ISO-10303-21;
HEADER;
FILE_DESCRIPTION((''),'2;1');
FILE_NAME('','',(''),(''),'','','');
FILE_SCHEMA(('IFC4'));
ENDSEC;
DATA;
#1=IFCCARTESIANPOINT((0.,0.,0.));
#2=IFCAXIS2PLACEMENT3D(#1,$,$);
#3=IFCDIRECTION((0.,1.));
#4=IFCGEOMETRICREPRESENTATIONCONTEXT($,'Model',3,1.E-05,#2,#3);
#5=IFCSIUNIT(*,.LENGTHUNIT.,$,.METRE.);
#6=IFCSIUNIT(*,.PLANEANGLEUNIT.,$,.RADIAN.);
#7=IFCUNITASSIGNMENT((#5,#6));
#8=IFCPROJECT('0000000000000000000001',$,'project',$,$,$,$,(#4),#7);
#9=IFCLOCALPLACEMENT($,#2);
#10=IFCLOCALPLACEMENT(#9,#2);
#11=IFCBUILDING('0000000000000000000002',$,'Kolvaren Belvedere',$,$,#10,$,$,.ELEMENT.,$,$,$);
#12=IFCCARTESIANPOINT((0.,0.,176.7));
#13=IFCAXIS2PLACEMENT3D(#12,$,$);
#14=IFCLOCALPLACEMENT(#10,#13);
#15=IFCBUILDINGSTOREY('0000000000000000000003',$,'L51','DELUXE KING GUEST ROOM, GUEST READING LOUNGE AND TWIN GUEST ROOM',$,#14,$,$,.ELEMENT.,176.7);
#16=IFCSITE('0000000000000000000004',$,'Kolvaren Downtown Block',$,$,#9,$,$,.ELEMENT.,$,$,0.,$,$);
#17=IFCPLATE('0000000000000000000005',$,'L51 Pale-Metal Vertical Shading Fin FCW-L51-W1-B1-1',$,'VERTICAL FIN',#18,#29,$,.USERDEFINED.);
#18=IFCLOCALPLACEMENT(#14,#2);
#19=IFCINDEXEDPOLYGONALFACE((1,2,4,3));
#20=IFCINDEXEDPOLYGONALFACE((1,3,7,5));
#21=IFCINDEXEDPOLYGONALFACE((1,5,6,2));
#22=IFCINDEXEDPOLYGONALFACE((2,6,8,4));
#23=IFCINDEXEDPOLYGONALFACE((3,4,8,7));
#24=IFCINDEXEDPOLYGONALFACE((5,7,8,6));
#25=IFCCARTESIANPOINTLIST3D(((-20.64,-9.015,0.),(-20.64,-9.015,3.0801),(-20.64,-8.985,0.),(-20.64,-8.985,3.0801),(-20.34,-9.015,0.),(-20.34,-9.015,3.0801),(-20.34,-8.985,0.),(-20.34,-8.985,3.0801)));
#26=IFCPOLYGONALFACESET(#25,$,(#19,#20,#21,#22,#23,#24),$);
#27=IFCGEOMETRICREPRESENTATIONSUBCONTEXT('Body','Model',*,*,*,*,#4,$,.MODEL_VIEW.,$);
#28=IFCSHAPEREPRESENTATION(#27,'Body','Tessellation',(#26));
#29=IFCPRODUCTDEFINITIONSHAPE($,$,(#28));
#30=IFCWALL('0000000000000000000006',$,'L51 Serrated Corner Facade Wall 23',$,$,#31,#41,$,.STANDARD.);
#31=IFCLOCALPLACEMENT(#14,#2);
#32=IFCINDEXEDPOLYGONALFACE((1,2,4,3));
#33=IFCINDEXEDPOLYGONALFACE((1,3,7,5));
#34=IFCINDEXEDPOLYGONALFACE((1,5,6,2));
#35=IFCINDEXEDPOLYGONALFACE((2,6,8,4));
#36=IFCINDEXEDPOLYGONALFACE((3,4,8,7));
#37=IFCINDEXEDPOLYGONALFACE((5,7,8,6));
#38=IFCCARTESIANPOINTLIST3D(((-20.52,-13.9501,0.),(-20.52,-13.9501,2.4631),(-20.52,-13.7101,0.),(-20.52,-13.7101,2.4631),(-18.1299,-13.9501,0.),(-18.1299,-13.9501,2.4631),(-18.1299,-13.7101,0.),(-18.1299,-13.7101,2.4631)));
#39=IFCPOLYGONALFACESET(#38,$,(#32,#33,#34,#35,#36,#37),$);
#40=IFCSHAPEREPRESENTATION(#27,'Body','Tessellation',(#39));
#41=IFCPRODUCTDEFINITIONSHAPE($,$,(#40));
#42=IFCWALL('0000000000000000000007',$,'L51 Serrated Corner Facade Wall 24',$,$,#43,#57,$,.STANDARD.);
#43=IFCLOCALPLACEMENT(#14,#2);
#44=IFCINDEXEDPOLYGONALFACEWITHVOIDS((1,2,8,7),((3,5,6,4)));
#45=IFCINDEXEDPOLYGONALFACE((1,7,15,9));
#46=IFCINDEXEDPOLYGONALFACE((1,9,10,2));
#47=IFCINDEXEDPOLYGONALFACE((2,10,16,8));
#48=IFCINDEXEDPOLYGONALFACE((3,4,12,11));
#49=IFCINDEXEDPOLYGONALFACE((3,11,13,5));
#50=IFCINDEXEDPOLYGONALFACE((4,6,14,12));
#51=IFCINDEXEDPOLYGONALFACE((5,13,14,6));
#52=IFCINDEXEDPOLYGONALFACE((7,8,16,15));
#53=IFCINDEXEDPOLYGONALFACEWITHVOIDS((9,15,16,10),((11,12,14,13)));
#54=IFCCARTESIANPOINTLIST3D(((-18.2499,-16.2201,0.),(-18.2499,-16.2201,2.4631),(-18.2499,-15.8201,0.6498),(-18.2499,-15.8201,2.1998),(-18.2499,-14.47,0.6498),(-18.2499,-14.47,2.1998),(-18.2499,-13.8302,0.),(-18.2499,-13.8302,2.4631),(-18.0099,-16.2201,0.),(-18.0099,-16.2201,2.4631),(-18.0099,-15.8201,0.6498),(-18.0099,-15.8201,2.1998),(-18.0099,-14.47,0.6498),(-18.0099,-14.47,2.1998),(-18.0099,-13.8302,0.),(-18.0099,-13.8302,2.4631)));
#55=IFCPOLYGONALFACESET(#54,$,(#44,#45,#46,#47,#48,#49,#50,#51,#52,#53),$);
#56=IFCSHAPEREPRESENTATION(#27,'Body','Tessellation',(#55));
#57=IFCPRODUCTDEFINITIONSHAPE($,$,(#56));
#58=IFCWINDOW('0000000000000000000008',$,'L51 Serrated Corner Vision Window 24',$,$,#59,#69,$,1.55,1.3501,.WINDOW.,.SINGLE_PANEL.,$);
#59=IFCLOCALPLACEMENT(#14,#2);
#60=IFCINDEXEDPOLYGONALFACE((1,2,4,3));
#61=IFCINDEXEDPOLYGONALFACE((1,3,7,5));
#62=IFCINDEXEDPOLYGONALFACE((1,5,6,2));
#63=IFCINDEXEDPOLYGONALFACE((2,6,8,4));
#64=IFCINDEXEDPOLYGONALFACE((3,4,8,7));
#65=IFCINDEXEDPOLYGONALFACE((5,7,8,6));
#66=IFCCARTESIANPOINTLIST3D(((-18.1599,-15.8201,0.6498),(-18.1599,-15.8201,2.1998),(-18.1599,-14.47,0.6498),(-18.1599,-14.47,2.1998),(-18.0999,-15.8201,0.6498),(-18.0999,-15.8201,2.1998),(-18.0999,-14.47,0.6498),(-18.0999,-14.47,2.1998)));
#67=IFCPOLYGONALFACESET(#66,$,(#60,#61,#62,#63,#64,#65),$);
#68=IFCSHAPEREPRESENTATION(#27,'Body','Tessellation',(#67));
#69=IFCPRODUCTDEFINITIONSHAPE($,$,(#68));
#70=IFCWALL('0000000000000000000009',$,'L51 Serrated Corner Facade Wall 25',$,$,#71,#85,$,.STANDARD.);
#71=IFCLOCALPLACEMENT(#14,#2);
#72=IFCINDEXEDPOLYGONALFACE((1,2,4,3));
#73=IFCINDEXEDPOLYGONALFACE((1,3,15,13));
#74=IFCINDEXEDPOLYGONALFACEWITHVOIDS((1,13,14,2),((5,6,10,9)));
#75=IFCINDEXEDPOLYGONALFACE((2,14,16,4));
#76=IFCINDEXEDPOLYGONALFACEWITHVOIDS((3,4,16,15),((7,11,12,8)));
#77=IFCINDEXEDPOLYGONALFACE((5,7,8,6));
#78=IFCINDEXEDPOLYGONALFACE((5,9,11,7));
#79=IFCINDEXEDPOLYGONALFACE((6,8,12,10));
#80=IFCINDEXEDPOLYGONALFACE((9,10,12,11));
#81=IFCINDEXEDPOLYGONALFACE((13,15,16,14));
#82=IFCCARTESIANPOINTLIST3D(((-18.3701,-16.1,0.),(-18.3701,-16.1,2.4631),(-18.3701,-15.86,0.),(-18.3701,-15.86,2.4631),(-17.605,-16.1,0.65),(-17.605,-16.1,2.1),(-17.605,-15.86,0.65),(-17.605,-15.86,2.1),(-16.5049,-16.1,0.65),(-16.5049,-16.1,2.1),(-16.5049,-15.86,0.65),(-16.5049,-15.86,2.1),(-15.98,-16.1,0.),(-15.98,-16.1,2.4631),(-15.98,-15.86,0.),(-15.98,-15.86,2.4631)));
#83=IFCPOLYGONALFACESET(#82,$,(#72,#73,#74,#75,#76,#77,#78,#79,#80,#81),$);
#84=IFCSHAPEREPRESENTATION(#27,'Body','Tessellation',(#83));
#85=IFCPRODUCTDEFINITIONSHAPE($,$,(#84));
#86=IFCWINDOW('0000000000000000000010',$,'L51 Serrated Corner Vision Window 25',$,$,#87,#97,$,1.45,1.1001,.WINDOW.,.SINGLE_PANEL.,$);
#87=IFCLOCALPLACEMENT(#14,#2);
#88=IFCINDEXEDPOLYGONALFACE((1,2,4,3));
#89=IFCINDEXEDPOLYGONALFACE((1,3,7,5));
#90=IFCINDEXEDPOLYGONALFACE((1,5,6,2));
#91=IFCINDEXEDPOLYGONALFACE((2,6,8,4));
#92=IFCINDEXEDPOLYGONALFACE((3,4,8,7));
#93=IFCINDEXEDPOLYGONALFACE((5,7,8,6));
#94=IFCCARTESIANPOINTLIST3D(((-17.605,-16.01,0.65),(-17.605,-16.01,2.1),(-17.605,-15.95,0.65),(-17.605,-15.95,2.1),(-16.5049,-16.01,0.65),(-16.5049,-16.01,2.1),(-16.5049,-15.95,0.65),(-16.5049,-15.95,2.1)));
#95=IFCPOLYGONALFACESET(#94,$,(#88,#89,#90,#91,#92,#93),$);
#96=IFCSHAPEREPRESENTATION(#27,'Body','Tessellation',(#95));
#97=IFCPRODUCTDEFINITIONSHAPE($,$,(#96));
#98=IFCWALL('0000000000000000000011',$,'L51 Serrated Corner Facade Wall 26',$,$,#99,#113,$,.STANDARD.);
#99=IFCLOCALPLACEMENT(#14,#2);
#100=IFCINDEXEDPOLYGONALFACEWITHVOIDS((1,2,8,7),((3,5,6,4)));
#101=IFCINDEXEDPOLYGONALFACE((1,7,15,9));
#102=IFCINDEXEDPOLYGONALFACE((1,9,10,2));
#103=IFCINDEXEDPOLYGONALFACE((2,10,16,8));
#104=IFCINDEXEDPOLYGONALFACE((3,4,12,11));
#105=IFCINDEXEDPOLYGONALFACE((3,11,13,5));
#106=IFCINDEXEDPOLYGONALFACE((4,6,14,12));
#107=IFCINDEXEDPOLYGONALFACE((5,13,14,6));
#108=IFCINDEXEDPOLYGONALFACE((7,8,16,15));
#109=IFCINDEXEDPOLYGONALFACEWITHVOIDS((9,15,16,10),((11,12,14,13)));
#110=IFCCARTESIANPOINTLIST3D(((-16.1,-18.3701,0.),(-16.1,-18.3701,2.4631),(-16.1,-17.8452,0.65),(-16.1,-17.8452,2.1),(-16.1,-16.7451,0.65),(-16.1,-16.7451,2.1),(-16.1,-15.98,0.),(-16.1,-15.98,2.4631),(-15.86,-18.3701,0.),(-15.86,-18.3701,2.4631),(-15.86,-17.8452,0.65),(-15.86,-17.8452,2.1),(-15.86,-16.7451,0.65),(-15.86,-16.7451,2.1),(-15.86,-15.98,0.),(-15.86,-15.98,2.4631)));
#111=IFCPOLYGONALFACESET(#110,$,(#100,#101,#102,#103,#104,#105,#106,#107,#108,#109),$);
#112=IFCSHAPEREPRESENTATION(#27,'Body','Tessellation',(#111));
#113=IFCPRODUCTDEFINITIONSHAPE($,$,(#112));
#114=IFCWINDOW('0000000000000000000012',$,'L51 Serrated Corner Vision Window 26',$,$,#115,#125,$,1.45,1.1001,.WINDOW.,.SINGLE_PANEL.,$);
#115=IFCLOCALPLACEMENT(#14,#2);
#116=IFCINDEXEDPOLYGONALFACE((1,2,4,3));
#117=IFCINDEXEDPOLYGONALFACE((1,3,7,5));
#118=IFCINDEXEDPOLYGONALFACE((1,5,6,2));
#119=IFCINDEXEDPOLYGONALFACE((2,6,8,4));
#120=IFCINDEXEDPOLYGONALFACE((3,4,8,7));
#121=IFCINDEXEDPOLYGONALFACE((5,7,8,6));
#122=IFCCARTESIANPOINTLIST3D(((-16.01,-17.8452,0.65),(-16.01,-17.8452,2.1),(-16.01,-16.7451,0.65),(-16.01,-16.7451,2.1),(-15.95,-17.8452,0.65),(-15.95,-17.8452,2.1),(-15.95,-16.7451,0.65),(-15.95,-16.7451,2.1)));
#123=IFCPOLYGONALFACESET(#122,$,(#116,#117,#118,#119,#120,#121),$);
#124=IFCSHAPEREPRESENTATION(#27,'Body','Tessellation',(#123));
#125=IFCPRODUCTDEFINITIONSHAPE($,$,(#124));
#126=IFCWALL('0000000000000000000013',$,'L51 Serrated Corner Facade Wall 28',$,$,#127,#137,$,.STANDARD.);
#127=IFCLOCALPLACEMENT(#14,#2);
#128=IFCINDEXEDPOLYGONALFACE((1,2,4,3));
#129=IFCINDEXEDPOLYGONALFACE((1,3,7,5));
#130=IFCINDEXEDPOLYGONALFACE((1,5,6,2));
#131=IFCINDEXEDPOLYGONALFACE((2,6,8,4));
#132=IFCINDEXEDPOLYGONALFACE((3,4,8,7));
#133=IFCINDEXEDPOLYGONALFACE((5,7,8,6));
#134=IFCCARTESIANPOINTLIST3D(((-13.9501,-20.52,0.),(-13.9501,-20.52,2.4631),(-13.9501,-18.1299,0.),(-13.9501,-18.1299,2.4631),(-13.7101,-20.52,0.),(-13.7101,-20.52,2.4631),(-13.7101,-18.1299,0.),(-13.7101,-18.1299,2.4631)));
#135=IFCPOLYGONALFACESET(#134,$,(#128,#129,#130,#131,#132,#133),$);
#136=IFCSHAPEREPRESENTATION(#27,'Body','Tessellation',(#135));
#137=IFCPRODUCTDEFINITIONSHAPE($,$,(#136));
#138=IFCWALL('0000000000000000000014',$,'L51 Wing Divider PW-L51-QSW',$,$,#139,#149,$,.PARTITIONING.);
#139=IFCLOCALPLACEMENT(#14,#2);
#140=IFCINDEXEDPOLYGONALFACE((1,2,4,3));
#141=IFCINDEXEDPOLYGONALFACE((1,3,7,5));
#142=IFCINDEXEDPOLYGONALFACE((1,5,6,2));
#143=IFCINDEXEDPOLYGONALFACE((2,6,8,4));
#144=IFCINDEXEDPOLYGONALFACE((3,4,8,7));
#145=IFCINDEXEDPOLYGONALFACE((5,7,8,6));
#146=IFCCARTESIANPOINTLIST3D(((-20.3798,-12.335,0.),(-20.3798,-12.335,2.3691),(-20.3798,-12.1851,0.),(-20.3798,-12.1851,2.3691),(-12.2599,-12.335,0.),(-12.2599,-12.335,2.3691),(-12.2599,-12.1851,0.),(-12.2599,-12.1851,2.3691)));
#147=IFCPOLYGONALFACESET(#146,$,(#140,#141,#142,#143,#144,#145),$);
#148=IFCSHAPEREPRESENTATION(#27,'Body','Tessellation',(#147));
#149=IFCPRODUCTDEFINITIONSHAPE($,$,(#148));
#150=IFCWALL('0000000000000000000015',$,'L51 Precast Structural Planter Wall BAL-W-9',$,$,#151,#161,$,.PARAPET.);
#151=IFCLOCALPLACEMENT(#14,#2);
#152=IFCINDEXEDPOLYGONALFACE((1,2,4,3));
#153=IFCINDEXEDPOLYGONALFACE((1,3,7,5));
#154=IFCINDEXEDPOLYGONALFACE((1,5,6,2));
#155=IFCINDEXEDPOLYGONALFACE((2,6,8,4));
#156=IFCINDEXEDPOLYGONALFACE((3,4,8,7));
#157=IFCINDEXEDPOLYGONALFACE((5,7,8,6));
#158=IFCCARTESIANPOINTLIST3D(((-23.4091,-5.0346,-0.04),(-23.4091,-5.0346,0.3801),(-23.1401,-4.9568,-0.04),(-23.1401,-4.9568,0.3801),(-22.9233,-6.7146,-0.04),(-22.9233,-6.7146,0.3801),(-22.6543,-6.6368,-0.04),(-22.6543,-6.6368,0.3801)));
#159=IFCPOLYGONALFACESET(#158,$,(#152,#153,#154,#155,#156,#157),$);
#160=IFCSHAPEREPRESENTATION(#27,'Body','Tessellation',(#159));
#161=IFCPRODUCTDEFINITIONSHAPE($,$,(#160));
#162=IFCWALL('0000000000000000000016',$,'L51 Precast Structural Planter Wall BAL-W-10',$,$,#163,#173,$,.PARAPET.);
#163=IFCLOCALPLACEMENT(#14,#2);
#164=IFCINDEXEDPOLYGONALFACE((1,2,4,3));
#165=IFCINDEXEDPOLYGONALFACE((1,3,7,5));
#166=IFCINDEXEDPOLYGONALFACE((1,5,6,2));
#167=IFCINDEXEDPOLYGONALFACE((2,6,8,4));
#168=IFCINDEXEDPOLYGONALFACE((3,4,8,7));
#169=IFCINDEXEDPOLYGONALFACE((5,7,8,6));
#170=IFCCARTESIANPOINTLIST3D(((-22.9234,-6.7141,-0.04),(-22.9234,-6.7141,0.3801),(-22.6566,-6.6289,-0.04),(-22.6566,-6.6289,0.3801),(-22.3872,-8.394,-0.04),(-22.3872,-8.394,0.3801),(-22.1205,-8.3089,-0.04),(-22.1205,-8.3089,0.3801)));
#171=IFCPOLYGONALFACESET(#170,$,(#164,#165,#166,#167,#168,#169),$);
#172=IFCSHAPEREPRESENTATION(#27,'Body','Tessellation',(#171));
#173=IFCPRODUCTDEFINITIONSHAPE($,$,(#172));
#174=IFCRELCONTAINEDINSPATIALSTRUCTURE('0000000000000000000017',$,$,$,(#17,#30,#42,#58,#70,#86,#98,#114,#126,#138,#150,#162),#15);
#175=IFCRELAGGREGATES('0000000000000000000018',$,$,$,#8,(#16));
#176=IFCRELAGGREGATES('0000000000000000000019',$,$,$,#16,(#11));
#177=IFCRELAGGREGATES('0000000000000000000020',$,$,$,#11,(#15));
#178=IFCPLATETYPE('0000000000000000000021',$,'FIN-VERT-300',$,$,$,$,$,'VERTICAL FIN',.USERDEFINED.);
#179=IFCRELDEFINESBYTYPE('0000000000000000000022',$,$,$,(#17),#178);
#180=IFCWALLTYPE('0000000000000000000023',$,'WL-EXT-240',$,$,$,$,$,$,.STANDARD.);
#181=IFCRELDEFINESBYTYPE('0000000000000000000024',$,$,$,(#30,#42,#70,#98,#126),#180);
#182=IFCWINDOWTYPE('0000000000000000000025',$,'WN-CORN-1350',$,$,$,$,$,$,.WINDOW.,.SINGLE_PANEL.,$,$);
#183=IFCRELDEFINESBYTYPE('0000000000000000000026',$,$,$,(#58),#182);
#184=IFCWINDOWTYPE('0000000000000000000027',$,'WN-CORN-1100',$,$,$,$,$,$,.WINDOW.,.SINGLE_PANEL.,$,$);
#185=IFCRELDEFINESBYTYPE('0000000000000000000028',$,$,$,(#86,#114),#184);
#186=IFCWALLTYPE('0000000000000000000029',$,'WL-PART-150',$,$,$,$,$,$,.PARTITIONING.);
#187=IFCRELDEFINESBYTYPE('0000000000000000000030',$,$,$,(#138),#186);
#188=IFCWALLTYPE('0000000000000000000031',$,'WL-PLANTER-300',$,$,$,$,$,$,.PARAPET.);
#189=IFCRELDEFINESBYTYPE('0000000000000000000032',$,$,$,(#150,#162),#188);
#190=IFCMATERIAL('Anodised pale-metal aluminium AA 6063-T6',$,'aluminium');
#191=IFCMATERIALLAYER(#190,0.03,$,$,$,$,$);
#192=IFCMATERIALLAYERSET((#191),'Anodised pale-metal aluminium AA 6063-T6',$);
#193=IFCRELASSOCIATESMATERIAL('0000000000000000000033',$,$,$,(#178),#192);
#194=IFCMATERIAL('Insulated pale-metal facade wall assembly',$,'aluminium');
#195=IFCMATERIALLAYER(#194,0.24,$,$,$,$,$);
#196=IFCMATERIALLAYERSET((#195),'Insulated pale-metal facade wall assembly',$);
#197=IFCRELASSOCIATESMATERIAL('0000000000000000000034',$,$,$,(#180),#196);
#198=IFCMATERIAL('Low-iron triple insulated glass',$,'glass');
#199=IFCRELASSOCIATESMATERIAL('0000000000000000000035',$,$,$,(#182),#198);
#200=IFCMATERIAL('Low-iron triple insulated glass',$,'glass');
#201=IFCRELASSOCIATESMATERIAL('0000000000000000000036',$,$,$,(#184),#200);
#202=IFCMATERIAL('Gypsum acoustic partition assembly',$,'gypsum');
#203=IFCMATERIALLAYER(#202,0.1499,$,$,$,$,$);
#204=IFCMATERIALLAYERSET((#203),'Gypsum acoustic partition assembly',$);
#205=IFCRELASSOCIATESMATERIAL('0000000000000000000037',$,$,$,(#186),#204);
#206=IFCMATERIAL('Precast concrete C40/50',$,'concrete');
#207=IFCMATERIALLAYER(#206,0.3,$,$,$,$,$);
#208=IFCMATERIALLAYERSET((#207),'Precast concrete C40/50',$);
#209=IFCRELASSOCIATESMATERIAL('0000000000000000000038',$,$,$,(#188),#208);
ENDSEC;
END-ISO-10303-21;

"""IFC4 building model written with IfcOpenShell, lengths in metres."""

from ifc_helpers import new_model, si_unit, direction, frame, frame_2d, origin, origin_2d, place, context, subcontext, project, spatial, rectangle, extrude, material, layer, layer_set, type_object, element, fill, save


model = new_model("IFC4")

# Units and contexts
model_context = context("Model", 3, precision=1e-05, world=origin(), true_north=direction((0.0, 1.0)))
body_context = subcontext(model_context, "Body", "Model", "MODEL_VIEW")
ifc_project = project(units=[si_unit("LENGTHUNIT", "METRE"), si_unit("PLANEANGLEUNIT", "RADIAN")], contexts=[model_context])

# Site, building, storey
site_placement = place(None, origin())
site = spatial("IfcSite", under=ifc_project, at=site_placement, Name="Kolvaren Downtown Block", CompositionType="ELEMENT", RefElevation=0.0)
building_placement = place(site_placement, origin())
building = spatial("IfcBuilding", under=site, at=building_placement, Name="Kolvaren Belvedere", CompositionType="ELEMENT")
storey_placement = place(building_placement, frame((0.0, 0.0, 176.7)))
storey = spatial("IfcBuildingStorey", under=building, at=storey_placement, Name="L51", Description="DELUXE KING GUEST ROOM, GUEST READING LOUNGE AND TWIN GUEST ROOM", CompositionType="ELEMENT", Elevation=176.7)

# Plate
ifc_material_1 = material(Name="Anodised pale-metal aluminium AA 6063-T6", Category="aluminium")
ifc_layer_1 = layer(ifc_material_1, 0.03)
ifc_layer_set_1 = layer_set([ifc_layer_1], Name="Anodised pale-metal aluminium AA 6063-T6")
plate_type_1 = type_object("IfcPlateType", Name="FIN-VERT-300", ElementType="VERTICAL FIN", PredefinedType="USERDEFINED", material=ifc_layer_set_1)
plate_1_placement = place(storey_placement, frame((-20.49, -9.0, 0.0), z_axis=(0.0, 0.0, 1.0), x_axis=(1.0, 0.0, 0.0)))
element("IfcPlate", 1, at=plate_1_placement, inside=storey, type_object=plate_type_1, Name="L51 Pale-Metal Vertical Shading Fin FCW-L51-W1-B1-1", ObjectType="VERTICAL FIN", PredefinedType="USERDEFINED", context=body_context, shape_type="SweptSolid", body=[
    extrude(rectangle(XDim=0.3, YDim=0.03, at=origin_2d()), origin(), (0.0, 0.0, 1.0), 3.0801),
])

# Wall
ifc_material_2 = material(Name="Insulated pale-metal facade wall assembly", Category="aluminium")
ifc_layer_2 = layer(ifc_material_2, 0.24)
ifc_layer_set_2 = layer_set([ifc_layer_2], Name="Insulated pale-metal facade wall assembly")
wall_type_1 = type_object("IfcWallType", Name="WL-EXT-240", PredefinedType="STANDARD", material=ifc_layer_set_2)
wall_1_placement = place(storey_placement, frame((-18.1299, -13.8301, 0.0), z_axis=(0.0, 0.0, 1.0), x_axis=(-1.0, 0.0, 0.0)))
element("IfcWall", 2, at=wall_1_placement, inside=storey, type_object=wall_type_1, Name="L51 Serrated Corner Facade Wall 23", PredefinedType="STANDARD", context=body_context, shape_type="SweptSolid", body=[
    extrude(rectangle(XDim=2.3901, YDim=0.24, at=frame_2d((1.1951, 0.0))), origin(), (0.0, 0.0, 1.0), 2.4631),
])

# Walls, openings, windows
wall_2_placement = place(storey_placement, frame((-18.1299, -16.22, 0.0), z_axis=(0.0, 0.0, 1.0), x_axis=(0.0, 1.0, 0.0)))
wall_2 = element("IfcWall", 3, at=wall_2_placement, inside=storey, type_object=wall_type_1, Name="L51 Serrated Corner Facade Wall 24", PredefinedType="STANDARD", context=body_context, shape_type="SweptSolid", body=[
    extrude(rectangle(XDim=2.3899, YDim=0.24, at=frame_2d((1.1948, 0.0))), origin(), (0.0, 0.0, 1.0), 2.4631),
])
opening_1_placement = place(wall_2_placement, frame((0.3999, 0.0, 0.6499)))
opening_1 = element("IfcOpeningElement", 4, at=opening_1_placement, cuts=wall_2, PredefinedType="OPENING", context=body_context, shape_type="SweptSolid", body=[
    extrude(rectangle(XDim=1.3501, YDim=1.55, at=frame_2d((0.675, 0.7749))), frame((0.0, 0.1299, 0.0), z_axis=(0.0, -1.0, 0.0), x_axis=(1.0, 0.0, 0.0)), (0.0, 0.0, 1.0), 0.26),
])
ifc_material_3 = material(Name="Low-iron triple insulated glass", Category="glass")
window_type_1 = type_object("IfcWindowType", Name="WN-CORN-1350", PartitioningType="SINGLE_PANEL", PredefinedType="WINDOW", material=ifc_material_3)
window_1_placement = place(opening_1_placement, origin())
window_1 = element("IfcWindow", 5, at=window_1_placement, inside=storey, type_object=window_type_1, Name="L51 Serrated Corner Vision Window 24", OverallHeight=1.55, OverallWidth=1.3501, PartitioningType="SINGLE_PANEL", PredefinedType="WINDOW", context=body_context, shape_type="SweptSolid", body=[
    extrude(rectangle(XDim=1.3501, YDim=1.55, at=frame_2d((0.675, 0.7749))), frame((0.0, 0.03, 0.0), z_axis=(0.0, -1.0, 0.0), x_axis=(1.0, 0.0, 0.0)), (0.0, 0.0, 1.0), 0.0601),
])
fill(opening_1, window_1)
wall_3_placement = place(storey_placement, frame((-15.98, -15.98, 0.0), z_axis=(0.0, 0.0, 1.0), x_axis=(-1.0, 0.0, 0.0)))
wall_3 = element("IfcWall", 6, at=wall_3_placement, inside=storey, type_object=wall_type_1, Name="L51 Serrated Corner Facade Wall 25", PredefinedType="STANDARD", context=body_context, shape_type="SweptSolid", body=[
    extrude(rectangle(XDim=2.3901, YDim=0.24, at=frame_2d((1.1951, 0.0))), origin(), (0.0, 0.0, 1.0), 2.4631),
])
opening_2_placement = place(wall_3_placement, frame((0.5249, 0.0, 0.6499)))
opening_2 = element("IfcOpeningElement", 7, at=opening_2_placement, cuts=wall_3, PredefinedType="OPENING", context=body_context, shape_type="SweptSolid", body=[
    extrude(rectangle(XDim=1.1001, YDim=1.45, at=frame_2d((0.55, 0.7251))), frame((0.0, 0.1299, 0.0), z_axis=(0.0, -1.0, 0.0), x_axis=(1.0, 0.0, 0.0)), (0.0, 0.0, 1.0), 0.26),
])
ifc_material_4 = material(Name="Low-iron triple insulated glass", Category="glass")
window_type_2 = type_object("IfcWindowType", Name="WN-CORN-1100", PartitioningType="SINGLE_PANEL", PredefinedType="WINDOW", material=ifc_material_4)
window_2_placement = place(opening_2_placement, origin())
window_2 = element("IfcWindow", 8, at=window_2_placement, inside=storey, type_object=window_type_2, Name="L51 Serrated Corner Vision Window 25", OverallHeight=1.45, OverallWidth=1.1001, PartitioningType="SINGLE_PANEL", PredefinedType="WINDOW", context=body_context, shape_type="SweptSolid", body=[
    extrude(rectangle(XDim=1.1001, YDim=1.45, at=frame_2d((0.55, 0.7251))), frame((0.0, 0.03, 0.0), z_axis=(0.0, -1.0, 0.0), x_axis=(1.0, 0.0, 0.0)), (0.0, 0.0, 1.0), 0.0601),
])
fill(opening_2, window_2)
wall_4_placement = place(storey_placement, frame((-15.98, -18.3701, 0.0), z_axis=(0.0, 0.0, 1.0), x_axis=(0.0, 1.0, 0.0)))
wall_4 = element("IfcWall", 9, at=wall_4_placement, inside=storey, type_object=wall_type_1, Name="L51 Serrated Corner Facade Wall 26", PredefinedType="STANDARD", context=body_context, shape_type="SweptSolid", body=[
    extrude(rectangle(XDim=2.3901, YDim=0.24, at=frame_2d((1.1951, 0.0))), origin(), (0.0, 0.0, 1.0), 2.4631),
])
opening_3_placement = place(wall_4_placement, frame((0.5249, 0.0, 0.6499)))
opening_3 = element("IfcOpeningElement", 10, at=opening_3_placement, cuts=wall_4, PredefinedType="OPENING", context=body_context, shape_type="SweptSolid", body=[
    extrude(rectangle(XDim=1.1001, YDim=1.45, at=frame_2d((0.55, 0.7251))), frame((0.0, 0.1299, 0.0), z_axis=(0.0, -1.0, 0.0), x_axis=(1.0, 0.0, 0.0)), (0.0, 0.0, 1.0), 0.26),
])
window_3_placement = place(opening_3_placement, origin())
window_3 = element("IfcWindow", 11, at=window_3_placement, inside=storey, type_object=window_type_2, Name="L51 Serrated Corner Vision Window 26", OverallHeight=1.45, OverallWidth=1.1001, PartitioningType="SINGLE_PANEL", PredefinedType="WINDOW", context=body_context, shape_type="SweptSolid", body=[
    extrude(rectangle(XDim=1.1001, YDim=1.45, at=frame_2d((0.55, 0.7251))), frame((0.0, 0.03, 0.0), z_axis=(0.0, -1.0, 0.0), x_axis=(1.0, 0.0, 0.0)), (0.0, 0.0, 1.0), 0.0601),
])
fill(opening_3, window_3)

# Walls
wall_5_placement = place(storey_placement, frame((-13.8301, -20.52, 0.0), z_axis=(0.0, 0.0, 1.0), x_axis=(0.0, 1.0, 0.0)))
element("IfcWall", 12, at=wall_5_placement, inside=storey, type_object=wall_type_1, Name="L51 Serrated Corner Facade Wall 28", PredefinedType="STANDARD", context=body_context, shape_type="SweptSolid", body=[
    extrude(rectangle(XDim=2.3901, YDim=0.24, at=frame_2d((1.1951, 0.0))), origin(), (0.0, 0.0, 1.0), 2.4631),
])
ifc_material_5 = material(Name="Gypsum acoustic partition assembly", Category="gypsum")
ifc_layer_3 = layer(ifc_material_5, 0.1499)
ifc_layer_set_3 = layer_set([ifc_layer_3], Name="Gypsum acoustic partition assembly")
wall_type_2 = type_object("IfcWallType", Name="WL-PART-150", PredefinedType="PARTITIONING", material=ifc_layer_set_3)
wall_6_placement = place(storey_placement, frame((-20.3799, -12.26, 0.0), z_axis=(0.0, 0.0, 1.0), x_axis=(1.0, 0.0, 0.0)))
element("IfcWall", 13, at=wall_6_placement, inside=storey, type_object=wall_type_2, Name="L51 Wing Divider PW-L51-QSW", PredefinedType="PARTITIONING", context=body_context, shape_type="SweptSolid", body=[
    extrude(rectangle(XDim=8.1199, YDim=0.1499, at=frame_2d((4.0601, 0.0))), origin(), (0.0, 0.0, 1.0), 2.3691),
])
ifc_material_6 = material(Name="Precast concrete C40/50", Category="concrete")
ifc_layer_4 = layer(ifc_material_6, 0.3)
ifc_layer_set_4 = layer_set([ifc_layer_4], Name="Precast concrete C40/50")
wall_type_3 = type_object("IfcWallType", Name="WL-PLANTER-300", PredefinedType="PARAPET", material=ifc_layer_set_4)
wall_7_placement = place(storey_placement, frame((-23.2747, -4.9956, -0.04), z_axis=(0.0, 0.0, 1.0), x_axis=(0.277817, -0.960634, 0.0)))
element("IfcWall", 14, at=wall_7_placement, inside=storey, type_object=wall_type_3, Name="L51 Precast Structural Planter Wall BAL-W-9", PredefinedType="PARAPET", context=body_context, shape_type="SweptSolid", body=[
    extrude(rectangle(XDim=1.7488, YDim=0.28, at=frame_2d((0.8745, 0.0))), origin(), (0.0, 0.0, 1.0), 0.4202),
])
wall_8_placement = place(storey_placement, frame((-22.79, -6.6714, -0.04), z_axis=(0.0, 0.0, 1.0), x_axis=(0.304032, -0.952662, 0.0)))
element("IfcWall", 15, at=wall_8_placement, inside=storey, type_object=wall_type_3, Name="L51 Precast Structural Planter Wall BAL-W-10", PredefinedType="PARAPET", context=body_context, shape_type="SweptSolid", body=[
    extrude(rectangle(XDim=1.7634, YDim=0.28, at=frame_2d((0.8818, 0.0))), origin(), (0.0, 0.0, 1.0), 0.4202),
])

save(model, "model.ifc")
